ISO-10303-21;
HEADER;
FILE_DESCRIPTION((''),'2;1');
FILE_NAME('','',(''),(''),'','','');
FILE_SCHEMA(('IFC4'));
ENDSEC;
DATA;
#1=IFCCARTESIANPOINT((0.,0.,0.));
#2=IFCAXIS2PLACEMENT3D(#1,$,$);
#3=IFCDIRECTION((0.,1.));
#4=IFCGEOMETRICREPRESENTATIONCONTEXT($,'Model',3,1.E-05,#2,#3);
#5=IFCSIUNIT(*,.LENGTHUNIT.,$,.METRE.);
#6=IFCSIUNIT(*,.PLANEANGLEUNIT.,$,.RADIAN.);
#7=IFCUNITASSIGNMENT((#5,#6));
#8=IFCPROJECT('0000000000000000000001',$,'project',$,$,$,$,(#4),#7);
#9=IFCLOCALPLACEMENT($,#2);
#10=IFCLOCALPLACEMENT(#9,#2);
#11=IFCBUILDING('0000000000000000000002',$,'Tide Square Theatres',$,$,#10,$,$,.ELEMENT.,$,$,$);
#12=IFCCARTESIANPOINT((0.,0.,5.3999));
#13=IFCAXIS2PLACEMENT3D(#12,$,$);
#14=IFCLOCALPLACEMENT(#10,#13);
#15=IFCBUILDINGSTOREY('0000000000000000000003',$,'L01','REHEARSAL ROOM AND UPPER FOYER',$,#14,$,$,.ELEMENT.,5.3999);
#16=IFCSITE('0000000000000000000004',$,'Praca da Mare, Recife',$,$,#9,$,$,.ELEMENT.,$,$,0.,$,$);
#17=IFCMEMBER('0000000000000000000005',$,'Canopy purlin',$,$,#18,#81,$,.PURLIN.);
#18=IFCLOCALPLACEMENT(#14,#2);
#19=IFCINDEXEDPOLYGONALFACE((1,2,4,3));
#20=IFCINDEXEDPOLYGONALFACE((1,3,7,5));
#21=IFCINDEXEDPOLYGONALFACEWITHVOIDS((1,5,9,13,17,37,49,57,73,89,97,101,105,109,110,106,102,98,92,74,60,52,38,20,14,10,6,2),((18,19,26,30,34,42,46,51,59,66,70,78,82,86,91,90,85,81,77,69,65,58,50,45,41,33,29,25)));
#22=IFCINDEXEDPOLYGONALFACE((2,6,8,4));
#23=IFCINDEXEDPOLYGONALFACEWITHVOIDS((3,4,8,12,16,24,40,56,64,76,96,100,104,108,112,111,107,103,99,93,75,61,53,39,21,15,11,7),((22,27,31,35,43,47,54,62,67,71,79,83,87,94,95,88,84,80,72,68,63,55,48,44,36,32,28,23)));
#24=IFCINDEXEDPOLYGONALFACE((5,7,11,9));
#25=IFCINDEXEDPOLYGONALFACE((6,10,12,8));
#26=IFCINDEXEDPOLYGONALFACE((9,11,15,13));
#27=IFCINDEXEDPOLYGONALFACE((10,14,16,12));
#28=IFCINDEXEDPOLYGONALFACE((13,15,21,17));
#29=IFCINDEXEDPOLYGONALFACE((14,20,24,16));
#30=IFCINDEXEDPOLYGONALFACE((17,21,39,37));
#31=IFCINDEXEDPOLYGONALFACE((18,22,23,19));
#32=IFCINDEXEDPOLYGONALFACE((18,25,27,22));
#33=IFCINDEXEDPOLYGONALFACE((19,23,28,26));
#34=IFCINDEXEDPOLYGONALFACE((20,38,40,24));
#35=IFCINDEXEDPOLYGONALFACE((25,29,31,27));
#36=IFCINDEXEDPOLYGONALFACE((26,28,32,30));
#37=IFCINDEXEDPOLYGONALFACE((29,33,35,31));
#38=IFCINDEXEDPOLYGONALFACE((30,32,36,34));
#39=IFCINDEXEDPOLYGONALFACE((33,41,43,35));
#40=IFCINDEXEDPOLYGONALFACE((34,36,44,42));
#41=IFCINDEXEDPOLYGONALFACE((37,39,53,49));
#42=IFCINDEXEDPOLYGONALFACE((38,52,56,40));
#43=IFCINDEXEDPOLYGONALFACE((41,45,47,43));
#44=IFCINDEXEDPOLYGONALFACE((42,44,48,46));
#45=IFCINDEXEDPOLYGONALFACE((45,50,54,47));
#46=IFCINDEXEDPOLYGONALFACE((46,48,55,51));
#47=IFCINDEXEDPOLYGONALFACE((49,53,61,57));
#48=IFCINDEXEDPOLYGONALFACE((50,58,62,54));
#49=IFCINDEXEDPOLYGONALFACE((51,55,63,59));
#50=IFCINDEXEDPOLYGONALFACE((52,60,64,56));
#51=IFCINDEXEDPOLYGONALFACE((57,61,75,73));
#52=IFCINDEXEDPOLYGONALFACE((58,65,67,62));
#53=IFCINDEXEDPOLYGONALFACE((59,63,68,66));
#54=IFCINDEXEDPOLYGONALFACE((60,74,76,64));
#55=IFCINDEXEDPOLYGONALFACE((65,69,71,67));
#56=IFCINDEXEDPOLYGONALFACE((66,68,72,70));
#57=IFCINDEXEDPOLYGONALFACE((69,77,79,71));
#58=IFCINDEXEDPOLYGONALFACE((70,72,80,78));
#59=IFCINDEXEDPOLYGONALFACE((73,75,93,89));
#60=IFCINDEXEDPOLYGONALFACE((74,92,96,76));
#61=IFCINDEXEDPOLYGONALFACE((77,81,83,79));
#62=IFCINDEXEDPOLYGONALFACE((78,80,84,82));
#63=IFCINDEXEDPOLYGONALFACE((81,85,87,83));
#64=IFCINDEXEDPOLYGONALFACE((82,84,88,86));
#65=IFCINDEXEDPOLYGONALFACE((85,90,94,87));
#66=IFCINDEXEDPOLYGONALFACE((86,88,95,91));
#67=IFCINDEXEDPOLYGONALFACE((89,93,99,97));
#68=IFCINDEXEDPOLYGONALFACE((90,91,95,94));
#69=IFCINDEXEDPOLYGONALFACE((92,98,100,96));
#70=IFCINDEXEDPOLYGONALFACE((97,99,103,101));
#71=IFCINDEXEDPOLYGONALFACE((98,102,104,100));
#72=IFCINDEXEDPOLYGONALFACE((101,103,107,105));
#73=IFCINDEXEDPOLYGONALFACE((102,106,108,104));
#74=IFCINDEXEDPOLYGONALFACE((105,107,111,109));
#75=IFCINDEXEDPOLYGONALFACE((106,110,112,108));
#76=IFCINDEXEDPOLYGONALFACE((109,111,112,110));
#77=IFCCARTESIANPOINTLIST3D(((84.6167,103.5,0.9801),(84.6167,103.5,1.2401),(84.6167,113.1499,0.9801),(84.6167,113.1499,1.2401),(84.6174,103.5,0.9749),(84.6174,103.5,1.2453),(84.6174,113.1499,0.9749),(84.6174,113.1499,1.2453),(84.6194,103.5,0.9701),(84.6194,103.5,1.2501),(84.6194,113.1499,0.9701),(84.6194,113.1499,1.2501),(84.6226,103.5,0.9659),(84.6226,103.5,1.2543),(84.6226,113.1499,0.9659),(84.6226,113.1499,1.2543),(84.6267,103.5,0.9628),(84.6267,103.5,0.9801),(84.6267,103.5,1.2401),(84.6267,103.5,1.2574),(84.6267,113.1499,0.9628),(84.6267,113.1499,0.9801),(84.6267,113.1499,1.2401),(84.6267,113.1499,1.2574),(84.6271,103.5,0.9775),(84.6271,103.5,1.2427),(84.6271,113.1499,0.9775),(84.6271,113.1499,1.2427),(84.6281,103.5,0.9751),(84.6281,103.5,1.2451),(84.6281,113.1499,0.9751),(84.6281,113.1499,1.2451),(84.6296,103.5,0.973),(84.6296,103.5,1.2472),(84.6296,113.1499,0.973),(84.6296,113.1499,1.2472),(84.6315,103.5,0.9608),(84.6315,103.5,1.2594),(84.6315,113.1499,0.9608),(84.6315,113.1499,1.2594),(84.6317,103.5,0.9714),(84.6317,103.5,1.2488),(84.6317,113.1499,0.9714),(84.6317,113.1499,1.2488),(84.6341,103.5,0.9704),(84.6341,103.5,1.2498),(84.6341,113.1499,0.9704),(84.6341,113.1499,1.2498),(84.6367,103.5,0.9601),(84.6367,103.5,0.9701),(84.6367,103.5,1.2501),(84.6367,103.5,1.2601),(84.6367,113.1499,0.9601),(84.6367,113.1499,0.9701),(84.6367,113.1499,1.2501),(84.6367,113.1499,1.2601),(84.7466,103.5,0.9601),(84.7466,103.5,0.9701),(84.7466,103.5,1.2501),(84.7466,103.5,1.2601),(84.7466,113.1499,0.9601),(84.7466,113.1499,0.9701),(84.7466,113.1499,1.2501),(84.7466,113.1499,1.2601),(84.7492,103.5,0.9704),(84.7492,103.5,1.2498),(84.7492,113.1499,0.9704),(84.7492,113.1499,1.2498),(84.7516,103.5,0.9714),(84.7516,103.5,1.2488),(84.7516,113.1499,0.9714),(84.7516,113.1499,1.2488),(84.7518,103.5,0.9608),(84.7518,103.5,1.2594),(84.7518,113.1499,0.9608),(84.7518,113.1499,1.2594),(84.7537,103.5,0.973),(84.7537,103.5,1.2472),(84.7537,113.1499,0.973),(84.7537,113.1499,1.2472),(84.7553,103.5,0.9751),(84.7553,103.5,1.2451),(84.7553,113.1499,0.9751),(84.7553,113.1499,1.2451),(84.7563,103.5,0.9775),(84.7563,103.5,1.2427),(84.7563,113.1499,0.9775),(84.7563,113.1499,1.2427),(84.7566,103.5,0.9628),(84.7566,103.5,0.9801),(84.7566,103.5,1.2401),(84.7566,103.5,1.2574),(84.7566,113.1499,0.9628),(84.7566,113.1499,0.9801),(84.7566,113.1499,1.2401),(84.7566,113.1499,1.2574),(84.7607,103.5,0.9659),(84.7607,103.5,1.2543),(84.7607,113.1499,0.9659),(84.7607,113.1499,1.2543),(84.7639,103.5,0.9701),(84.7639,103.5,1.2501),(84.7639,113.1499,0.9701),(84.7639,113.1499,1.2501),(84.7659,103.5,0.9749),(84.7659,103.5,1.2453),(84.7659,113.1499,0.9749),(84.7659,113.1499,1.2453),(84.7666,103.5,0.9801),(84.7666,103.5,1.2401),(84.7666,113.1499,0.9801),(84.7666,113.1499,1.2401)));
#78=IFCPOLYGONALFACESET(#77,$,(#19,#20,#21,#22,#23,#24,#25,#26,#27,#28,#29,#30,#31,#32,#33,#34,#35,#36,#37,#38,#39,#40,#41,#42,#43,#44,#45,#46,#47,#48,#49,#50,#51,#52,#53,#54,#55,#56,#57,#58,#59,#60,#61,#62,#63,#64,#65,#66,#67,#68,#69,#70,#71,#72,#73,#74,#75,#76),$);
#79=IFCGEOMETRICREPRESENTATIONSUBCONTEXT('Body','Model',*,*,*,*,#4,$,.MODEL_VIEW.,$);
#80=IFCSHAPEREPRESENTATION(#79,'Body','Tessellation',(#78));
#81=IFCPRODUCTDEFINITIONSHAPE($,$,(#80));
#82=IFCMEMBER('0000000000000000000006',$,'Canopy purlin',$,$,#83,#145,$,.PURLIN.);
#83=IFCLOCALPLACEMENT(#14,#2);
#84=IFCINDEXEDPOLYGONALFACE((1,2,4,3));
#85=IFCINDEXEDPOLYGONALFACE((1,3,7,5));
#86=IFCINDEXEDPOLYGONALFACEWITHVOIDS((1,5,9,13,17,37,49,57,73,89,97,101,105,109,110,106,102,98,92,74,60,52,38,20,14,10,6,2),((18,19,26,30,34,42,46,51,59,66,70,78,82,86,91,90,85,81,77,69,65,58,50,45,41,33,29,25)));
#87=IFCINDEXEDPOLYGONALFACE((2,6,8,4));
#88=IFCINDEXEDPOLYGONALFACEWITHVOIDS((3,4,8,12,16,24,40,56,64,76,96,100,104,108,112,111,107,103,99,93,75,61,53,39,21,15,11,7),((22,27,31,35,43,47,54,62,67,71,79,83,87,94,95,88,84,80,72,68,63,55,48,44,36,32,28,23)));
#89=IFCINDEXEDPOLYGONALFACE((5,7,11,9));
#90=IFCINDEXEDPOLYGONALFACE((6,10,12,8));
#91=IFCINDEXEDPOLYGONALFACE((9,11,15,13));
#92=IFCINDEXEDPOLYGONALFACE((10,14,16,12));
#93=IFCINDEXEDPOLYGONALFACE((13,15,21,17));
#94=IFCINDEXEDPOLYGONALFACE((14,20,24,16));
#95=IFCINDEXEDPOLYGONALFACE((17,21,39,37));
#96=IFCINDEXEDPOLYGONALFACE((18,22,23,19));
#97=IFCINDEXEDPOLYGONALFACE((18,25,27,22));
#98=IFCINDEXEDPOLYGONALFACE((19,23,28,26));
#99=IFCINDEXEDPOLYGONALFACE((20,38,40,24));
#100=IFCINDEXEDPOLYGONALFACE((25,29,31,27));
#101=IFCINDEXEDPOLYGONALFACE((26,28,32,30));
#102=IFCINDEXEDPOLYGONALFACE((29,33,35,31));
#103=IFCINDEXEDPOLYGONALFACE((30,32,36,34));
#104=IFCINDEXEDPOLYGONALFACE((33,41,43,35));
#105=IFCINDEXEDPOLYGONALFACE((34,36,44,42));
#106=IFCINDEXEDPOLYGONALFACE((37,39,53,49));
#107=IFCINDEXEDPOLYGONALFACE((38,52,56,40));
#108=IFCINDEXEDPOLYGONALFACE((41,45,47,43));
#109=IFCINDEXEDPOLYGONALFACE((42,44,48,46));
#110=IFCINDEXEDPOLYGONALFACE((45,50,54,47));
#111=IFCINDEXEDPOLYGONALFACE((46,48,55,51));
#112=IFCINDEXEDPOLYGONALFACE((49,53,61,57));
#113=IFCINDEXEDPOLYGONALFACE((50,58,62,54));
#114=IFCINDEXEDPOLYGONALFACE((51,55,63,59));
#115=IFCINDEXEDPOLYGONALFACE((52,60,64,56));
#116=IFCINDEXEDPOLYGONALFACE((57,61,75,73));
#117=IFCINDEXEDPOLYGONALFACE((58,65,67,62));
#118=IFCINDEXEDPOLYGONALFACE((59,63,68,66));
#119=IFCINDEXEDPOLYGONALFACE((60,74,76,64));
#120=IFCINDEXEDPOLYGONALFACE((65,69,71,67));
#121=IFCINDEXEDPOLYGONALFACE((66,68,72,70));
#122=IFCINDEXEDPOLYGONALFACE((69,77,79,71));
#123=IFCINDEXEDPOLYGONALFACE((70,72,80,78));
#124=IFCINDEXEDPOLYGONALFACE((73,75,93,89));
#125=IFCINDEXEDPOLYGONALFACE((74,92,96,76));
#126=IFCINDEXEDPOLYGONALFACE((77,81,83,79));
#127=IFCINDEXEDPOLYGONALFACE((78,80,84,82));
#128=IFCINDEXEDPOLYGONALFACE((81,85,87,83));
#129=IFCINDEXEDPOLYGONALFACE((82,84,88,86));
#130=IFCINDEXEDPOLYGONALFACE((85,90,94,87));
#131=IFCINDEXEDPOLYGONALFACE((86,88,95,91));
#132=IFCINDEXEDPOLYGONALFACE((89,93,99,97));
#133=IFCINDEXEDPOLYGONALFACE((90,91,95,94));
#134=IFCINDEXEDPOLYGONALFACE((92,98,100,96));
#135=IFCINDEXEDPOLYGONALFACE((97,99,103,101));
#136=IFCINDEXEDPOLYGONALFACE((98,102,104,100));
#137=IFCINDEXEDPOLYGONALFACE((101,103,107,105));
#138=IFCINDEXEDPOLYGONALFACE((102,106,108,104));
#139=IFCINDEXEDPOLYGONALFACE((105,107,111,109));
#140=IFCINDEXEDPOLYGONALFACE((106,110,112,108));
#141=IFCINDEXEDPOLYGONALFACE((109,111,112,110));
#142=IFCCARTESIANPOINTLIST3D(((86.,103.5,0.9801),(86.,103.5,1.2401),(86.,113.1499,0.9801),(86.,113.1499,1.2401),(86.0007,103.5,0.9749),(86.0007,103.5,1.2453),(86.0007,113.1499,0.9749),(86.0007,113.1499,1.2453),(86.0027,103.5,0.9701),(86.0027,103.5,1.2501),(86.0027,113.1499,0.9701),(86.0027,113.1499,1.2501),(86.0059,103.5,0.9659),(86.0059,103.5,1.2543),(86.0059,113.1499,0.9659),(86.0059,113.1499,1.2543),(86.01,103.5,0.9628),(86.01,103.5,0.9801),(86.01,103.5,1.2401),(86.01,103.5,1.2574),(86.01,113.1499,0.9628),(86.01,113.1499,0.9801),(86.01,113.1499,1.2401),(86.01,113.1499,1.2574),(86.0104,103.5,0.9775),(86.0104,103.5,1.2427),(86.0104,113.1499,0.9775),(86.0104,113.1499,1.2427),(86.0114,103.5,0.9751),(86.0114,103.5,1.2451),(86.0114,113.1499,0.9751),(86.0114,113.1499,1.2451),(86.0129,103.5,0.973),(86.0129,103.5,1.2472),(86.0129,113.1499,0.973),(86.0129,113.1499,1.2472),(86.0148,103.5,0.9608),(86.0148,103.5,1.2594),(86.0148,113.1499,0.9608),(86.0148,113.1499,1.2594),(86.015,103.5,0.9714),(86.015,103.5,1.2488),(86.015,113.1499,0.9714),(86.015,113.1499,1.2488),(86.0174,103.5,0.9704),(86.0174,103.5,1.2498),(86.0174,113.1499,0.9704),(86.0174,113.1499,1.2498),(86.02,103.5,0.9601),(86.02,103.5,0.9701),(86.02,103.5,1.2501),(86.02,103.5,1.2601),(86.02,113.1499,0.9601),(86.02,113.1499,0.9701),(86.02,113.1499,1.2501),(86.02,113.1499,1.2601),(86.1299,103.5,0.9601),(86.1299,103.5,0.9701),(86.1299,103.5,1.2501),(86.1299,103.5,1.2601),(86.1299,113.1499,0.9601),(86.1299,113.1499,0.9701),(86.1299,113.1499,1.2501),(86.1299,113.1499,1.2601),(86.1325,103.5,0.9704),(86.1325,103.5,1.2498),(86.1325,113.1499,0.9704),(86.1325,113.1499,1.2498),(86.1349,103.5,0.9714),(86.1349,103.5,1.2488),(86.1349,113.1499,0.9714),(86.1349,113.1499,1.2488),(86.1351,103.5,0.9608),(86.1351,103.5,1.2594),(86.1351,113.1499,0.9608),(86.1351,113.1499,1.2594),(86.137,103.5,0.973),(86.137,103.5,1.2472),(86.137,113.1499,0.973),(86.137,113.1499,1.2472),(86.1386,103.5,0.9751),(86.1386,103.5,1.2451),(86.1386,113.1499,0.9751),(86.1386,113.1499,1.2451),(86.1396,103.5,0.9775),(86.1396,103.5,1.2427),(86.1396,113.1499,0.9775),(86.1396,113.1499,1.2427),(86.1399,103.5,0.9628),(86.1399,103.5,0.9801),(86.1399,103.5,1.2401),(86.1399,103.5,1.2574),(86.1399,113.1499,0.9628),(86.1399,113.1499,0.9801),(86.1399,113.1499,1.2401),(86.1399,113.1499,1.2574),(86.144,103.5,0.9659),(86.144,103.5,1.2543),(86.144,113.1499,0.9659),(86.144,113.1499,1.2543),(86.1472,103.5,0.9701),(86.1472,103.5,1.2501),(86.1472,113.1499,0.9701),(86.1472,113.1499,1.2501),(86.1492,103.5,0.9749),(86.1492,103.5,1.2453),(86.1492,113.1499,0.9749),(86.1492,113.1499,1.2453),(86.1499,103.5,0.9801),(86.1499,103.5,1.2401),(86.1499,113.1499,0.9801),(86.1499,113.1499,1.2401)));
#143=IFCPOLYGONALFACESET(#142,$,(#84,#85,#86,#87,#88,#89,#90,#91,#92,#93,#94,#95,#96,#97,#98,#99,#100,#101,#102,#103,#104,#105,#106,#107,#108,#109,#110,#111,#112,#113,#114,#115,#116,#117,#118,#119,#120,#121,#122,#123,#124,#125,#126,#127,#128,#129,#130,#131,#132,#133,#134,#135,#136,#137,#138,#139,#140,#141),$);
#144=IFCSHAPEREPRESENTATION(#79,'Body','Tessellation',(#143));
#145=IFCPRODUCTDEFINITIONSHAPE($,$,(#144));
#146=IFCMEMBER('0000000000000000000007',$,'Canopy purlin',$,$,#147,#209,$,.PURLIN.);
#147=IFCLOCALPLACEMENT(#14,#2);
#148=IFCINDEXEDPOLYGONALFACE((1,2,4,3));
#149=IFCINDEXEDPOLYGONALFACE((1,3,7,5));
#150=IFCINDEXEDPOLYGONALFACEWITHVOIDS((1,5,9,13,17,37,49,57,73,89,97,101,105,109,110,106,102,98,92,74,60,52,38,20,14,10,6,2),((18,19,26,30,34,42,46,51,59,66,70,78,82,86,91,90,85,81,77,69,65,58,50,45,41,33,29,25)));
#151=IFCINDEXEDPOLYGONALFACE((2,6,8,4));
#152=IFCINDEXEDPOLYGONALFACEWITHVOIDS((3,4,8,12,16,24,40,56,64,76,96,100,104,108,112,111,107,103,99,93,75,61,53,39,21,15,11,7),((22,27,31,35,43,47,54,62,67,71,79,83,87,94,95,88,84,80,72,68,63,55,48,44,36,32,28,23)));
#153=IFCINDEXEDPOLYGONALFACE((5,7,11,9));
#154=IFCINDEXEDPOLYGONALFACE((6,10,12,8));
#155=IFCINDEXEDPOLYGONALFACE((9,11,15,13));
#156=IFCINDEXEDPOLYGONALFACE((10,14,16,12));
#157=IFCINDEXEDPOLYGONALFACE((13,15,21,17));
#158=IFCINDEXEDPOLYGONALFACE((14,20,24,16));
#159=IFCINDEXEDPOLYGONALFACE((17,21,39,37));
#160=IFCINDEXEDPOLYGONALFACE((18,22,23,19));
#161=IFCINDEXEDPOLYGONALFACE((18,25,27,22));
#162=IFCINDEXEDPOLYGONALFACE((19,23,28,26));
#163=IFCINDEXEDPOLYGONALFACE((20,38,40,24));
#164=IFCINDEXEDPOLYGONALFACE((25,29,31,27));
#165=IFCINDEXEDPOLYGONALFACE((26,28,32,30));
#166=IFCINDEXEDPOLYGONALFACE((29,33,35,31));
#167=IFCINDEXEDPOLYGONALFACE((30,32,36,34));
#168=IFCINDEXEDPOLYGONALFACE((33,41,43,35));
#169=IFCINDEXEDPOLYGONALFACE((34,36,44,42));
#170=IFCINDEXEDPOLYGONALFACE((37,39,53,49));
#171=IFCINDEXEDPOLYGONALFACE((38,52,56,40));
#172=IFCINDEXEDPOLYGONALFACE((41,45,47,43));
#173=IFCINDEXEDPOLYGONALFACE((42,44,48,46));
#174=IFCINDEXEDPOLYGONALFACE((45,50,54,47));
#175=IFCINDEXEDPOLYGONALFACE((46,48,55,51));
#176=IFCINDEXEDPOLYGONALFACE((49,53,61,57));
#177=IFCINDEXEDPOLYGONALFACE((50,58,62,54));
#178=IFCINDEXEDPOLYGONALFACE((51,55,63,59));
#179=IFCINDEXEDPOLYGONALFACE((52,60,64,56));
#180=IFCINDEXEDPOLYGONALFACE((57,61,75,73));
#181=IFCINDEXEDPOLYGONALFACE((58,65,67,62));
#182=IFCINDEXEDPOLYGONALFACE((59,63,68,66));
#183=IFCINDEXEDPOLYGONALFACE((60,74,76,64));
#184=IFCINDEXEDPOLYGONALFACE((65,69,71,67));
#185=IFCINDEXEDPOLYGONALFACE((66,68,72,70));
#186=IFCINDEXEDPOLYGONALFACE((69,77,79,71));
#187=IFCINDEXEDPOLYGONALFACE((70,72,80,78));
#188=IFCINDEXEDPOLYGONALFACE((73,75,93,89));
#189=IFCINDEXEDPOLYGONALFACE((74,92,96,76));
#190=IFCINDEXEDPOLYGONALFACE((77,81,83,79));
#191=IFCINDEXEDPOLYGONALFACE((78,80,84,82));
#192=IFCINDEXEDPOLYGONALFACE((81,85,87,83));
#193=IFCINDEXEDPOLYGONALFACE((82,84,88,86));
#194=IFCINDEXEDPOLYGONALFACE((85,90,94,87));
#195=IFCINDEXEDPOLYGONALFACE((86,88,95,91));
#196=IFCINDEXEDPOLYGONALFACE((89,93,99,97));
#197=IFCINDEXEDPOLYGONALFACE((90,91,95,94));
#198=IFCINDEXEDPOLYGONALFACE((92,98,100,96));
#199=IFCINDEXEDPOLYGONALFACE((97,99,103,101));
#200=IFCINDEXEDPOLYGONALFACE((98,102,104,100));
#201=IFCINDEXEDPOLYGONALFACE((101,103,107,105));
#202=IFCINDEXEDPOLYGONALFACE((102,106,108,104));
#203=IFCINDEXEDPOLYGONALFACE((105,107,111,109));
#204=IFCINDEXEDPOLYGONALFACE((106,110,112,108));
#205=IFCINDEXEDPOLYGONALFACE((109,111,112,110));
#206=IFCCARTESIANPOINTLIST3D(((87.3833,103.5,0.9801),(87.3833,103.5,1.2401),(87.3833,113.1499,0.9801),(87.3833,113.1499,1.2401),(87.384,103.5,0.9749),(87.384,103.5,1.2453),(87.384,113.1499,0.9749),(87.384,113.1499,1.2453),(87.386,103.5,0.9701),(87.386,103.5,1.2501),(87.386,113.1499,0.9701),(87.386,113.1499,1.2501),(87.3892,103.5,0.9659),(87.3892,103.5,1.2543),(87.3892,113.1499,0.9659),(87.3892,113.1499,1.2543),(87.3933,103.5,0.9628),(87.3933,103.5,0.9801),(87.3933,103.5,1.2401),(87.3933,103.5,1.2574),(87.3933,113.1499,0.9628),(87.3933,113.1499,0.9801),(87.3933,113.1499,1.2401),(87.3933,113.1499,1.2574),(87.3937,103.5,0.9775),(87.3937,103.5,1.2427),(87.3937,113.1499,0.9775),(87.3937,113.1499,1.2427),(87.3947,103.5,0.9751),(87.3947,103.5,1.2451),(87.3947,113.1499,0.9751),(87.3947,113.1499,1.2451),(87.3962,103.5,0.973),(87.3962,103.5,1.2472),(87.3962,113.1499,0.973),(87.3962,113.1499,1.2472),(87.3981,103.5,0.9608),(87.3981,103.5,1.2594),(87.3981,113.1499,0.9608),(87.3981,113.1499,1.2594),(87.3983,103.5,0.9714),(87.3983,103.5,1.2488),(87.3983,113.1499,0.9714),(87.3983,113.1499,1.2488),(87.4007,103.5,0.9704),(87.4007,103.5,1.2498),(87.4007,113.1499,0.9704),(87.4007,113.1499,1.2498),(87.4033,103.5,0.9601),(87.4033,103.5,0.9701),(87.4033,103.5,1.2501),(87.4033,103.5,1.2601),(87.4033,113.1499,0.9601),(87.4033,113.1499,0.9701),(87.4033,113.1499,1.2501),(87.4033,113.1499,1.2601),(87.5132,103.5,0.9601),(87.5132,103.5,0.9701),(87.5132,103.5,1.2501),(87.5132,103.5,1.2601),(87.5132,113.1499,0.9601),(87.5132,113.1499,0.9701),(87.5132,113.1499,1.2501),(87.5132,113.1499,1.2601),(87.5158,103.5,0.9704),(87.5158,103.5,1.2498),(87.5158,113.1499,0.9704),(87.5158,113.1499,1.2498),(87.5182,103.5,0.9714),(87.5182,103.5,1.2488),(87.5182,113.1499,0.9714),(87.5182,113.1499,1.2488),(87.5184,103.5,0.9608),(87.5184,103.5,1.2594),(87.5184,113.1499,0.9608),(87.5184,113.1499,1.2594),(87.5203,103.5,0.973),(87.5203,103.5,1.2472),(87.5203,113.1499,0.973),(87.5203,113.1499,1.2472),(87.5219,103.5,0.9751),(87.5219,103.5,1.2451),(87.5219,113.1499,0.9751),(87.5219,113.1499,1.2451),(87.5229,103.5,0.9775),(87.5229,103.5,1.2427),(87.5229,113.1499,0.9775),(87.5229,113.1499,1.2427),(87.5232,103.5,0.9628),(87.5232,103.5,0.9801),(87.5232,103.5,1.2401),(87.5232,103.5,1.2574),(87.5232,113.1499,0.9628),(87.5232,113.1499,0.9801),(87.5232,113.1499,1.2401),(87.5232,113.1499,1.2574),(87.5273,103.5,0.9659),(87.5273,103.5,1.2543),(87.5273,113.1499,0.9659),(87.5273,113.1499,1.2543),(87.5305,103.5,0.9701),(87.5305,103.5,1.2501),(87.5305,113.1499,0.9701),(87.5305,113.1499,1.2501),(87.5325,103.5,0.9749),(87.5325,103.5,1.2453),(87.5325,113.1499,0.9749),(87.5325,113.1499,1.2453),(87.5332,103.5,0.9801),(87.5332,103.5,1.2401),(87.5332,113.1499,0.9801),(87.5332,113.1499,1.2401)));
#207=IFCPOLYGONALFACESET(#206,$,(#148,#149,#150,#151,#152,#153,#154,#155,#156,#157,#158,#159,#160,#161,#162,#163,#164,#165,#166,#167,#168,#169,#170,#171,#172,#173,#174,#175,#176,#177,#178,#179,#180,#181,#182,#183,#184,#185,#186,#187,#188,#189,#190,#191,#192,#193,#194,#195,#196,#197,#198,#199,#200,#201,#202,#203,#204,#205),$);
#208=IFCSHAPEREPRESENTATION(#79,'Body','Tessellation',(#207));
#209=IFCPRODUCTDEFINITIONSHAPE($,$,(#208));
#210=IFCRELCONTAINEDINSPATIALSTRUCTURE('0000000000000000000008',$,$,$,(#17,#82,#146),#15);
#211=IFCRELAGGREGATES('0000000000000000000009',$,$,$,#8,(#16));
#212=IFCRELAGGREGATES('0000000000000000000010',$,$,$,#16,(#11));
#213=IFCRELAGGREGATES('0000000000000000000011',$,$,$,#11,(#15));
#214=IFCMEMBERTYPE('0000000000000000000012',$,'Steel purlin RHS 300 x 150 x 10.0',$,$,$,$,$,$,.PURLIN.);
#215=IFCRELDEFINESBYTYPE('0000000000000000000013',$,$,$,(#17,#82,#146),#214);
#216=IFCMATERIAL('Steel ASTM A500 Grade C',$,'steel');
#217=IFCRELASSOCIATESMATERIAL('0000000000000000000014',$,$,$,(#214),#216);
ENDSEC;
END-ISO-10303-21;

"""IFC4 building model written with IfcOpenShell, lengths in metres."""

from ifc_helpers import new_model, si_unit, direction, frame, origin, origin_2d, place, context, subcontext, project, spatial, hollow_rectangle, extrude, material, material_profile, profile_set, type_object, element, save


model = new_model("IFC4")

# Units and contexts
model_context = context("Model", 3, precision=1e-05, world=origin(), true_north=direction((0.0, 1.0)))
body_context = subcontext(model_context, "Body", "Model", "MODEL_VIEW")
ifc_project = project(units=[si_unit("LENGTHUNIT", "METRE"), si_unit("PLANEANGLEUNIT", "RADIAN")], contexts=[model_context])

# Site, building, storey
site_placement = place(None, origin())
site = spatial("IfcSite", under=ifc_project, at=site_placement, Name="Praca da Mare, Recife", CompositionType="ELEMENT", RefElevation=0.0)
building_placement = place(site_placement, origin())
building = spatial("IfcBuilding", under=site, at=building_placement, Name="Tide Square Theatres", CompositionType="ELEMENT")
storey_placement = place(building_placement, frame((0.0, 0.0, 5.3999)))
storey = spatial("IfcBuildingStorey", under=building, at=storey_placement, Name="L01", Description="REHEARSAL ROOM AND UPPER FOYER", CompositionType="ELEMENT", Elevation=5.3999)

# Members
ifc_material_1 = material(Name="Steel ASTM A500 Grade C", Category="steel")
ifc_material_profile_1 = material_profile(ifc_material_1, hollow_rectangle(XDim=0.1499, YDim=0.3, WallThickness=0.01, InnerFilletRadius=0.01, OuterFilletRadius=0.02, at=origin_2d()))
ifc_profile_set_1 = profile_set([ifc_material_profile_1], Name="Steel ASTM A500 Grade C")
member_type = type_object("IfcMemberType", Name="Steel purlin RHS 300 x 150 x 10.0", PredefinedType="PURLIN", material=ifc_profile_set_1)
for number, where, z_axis, x_axis, name in (
    (1, (84.6917, 103.5, 1.1101), (0.0, 1.0, 0.0), (-1.0, 0.0, 0.0), "Canopy purlin"),
    (2, (86.075, 103.5, 1.1101), (0.0, 1.0, 0.0), (-1.0, 0.0, 0.0), "Canopy purlin"),
    (3, (87.4583, 103.5, 1.1101), (0.0, 1.0, 0.0), (-1.0, 0.0, 0.0), "Canopy purlin"),
):
    element("IfcMember", number, at=place(storey_placement, frame(where, z_axis=z_axis, x_axis=x_axis)), inside=storey, type_object=member_type, Name=name, PredefinedType="PURLIN", context=body_context, shape_type="SweptSolid", body=[
        extrude(hollow_rectangle(XDim=0.1499, YDim=0.3, WallThickness=0.01, InnerFilletRadius=0.01, OuterFilletRadius=0.02, at=origin_2d()), origin(), (0.0, 0.0, 1.0), 9.6499),
    ])

save(model, "model.ifc")
